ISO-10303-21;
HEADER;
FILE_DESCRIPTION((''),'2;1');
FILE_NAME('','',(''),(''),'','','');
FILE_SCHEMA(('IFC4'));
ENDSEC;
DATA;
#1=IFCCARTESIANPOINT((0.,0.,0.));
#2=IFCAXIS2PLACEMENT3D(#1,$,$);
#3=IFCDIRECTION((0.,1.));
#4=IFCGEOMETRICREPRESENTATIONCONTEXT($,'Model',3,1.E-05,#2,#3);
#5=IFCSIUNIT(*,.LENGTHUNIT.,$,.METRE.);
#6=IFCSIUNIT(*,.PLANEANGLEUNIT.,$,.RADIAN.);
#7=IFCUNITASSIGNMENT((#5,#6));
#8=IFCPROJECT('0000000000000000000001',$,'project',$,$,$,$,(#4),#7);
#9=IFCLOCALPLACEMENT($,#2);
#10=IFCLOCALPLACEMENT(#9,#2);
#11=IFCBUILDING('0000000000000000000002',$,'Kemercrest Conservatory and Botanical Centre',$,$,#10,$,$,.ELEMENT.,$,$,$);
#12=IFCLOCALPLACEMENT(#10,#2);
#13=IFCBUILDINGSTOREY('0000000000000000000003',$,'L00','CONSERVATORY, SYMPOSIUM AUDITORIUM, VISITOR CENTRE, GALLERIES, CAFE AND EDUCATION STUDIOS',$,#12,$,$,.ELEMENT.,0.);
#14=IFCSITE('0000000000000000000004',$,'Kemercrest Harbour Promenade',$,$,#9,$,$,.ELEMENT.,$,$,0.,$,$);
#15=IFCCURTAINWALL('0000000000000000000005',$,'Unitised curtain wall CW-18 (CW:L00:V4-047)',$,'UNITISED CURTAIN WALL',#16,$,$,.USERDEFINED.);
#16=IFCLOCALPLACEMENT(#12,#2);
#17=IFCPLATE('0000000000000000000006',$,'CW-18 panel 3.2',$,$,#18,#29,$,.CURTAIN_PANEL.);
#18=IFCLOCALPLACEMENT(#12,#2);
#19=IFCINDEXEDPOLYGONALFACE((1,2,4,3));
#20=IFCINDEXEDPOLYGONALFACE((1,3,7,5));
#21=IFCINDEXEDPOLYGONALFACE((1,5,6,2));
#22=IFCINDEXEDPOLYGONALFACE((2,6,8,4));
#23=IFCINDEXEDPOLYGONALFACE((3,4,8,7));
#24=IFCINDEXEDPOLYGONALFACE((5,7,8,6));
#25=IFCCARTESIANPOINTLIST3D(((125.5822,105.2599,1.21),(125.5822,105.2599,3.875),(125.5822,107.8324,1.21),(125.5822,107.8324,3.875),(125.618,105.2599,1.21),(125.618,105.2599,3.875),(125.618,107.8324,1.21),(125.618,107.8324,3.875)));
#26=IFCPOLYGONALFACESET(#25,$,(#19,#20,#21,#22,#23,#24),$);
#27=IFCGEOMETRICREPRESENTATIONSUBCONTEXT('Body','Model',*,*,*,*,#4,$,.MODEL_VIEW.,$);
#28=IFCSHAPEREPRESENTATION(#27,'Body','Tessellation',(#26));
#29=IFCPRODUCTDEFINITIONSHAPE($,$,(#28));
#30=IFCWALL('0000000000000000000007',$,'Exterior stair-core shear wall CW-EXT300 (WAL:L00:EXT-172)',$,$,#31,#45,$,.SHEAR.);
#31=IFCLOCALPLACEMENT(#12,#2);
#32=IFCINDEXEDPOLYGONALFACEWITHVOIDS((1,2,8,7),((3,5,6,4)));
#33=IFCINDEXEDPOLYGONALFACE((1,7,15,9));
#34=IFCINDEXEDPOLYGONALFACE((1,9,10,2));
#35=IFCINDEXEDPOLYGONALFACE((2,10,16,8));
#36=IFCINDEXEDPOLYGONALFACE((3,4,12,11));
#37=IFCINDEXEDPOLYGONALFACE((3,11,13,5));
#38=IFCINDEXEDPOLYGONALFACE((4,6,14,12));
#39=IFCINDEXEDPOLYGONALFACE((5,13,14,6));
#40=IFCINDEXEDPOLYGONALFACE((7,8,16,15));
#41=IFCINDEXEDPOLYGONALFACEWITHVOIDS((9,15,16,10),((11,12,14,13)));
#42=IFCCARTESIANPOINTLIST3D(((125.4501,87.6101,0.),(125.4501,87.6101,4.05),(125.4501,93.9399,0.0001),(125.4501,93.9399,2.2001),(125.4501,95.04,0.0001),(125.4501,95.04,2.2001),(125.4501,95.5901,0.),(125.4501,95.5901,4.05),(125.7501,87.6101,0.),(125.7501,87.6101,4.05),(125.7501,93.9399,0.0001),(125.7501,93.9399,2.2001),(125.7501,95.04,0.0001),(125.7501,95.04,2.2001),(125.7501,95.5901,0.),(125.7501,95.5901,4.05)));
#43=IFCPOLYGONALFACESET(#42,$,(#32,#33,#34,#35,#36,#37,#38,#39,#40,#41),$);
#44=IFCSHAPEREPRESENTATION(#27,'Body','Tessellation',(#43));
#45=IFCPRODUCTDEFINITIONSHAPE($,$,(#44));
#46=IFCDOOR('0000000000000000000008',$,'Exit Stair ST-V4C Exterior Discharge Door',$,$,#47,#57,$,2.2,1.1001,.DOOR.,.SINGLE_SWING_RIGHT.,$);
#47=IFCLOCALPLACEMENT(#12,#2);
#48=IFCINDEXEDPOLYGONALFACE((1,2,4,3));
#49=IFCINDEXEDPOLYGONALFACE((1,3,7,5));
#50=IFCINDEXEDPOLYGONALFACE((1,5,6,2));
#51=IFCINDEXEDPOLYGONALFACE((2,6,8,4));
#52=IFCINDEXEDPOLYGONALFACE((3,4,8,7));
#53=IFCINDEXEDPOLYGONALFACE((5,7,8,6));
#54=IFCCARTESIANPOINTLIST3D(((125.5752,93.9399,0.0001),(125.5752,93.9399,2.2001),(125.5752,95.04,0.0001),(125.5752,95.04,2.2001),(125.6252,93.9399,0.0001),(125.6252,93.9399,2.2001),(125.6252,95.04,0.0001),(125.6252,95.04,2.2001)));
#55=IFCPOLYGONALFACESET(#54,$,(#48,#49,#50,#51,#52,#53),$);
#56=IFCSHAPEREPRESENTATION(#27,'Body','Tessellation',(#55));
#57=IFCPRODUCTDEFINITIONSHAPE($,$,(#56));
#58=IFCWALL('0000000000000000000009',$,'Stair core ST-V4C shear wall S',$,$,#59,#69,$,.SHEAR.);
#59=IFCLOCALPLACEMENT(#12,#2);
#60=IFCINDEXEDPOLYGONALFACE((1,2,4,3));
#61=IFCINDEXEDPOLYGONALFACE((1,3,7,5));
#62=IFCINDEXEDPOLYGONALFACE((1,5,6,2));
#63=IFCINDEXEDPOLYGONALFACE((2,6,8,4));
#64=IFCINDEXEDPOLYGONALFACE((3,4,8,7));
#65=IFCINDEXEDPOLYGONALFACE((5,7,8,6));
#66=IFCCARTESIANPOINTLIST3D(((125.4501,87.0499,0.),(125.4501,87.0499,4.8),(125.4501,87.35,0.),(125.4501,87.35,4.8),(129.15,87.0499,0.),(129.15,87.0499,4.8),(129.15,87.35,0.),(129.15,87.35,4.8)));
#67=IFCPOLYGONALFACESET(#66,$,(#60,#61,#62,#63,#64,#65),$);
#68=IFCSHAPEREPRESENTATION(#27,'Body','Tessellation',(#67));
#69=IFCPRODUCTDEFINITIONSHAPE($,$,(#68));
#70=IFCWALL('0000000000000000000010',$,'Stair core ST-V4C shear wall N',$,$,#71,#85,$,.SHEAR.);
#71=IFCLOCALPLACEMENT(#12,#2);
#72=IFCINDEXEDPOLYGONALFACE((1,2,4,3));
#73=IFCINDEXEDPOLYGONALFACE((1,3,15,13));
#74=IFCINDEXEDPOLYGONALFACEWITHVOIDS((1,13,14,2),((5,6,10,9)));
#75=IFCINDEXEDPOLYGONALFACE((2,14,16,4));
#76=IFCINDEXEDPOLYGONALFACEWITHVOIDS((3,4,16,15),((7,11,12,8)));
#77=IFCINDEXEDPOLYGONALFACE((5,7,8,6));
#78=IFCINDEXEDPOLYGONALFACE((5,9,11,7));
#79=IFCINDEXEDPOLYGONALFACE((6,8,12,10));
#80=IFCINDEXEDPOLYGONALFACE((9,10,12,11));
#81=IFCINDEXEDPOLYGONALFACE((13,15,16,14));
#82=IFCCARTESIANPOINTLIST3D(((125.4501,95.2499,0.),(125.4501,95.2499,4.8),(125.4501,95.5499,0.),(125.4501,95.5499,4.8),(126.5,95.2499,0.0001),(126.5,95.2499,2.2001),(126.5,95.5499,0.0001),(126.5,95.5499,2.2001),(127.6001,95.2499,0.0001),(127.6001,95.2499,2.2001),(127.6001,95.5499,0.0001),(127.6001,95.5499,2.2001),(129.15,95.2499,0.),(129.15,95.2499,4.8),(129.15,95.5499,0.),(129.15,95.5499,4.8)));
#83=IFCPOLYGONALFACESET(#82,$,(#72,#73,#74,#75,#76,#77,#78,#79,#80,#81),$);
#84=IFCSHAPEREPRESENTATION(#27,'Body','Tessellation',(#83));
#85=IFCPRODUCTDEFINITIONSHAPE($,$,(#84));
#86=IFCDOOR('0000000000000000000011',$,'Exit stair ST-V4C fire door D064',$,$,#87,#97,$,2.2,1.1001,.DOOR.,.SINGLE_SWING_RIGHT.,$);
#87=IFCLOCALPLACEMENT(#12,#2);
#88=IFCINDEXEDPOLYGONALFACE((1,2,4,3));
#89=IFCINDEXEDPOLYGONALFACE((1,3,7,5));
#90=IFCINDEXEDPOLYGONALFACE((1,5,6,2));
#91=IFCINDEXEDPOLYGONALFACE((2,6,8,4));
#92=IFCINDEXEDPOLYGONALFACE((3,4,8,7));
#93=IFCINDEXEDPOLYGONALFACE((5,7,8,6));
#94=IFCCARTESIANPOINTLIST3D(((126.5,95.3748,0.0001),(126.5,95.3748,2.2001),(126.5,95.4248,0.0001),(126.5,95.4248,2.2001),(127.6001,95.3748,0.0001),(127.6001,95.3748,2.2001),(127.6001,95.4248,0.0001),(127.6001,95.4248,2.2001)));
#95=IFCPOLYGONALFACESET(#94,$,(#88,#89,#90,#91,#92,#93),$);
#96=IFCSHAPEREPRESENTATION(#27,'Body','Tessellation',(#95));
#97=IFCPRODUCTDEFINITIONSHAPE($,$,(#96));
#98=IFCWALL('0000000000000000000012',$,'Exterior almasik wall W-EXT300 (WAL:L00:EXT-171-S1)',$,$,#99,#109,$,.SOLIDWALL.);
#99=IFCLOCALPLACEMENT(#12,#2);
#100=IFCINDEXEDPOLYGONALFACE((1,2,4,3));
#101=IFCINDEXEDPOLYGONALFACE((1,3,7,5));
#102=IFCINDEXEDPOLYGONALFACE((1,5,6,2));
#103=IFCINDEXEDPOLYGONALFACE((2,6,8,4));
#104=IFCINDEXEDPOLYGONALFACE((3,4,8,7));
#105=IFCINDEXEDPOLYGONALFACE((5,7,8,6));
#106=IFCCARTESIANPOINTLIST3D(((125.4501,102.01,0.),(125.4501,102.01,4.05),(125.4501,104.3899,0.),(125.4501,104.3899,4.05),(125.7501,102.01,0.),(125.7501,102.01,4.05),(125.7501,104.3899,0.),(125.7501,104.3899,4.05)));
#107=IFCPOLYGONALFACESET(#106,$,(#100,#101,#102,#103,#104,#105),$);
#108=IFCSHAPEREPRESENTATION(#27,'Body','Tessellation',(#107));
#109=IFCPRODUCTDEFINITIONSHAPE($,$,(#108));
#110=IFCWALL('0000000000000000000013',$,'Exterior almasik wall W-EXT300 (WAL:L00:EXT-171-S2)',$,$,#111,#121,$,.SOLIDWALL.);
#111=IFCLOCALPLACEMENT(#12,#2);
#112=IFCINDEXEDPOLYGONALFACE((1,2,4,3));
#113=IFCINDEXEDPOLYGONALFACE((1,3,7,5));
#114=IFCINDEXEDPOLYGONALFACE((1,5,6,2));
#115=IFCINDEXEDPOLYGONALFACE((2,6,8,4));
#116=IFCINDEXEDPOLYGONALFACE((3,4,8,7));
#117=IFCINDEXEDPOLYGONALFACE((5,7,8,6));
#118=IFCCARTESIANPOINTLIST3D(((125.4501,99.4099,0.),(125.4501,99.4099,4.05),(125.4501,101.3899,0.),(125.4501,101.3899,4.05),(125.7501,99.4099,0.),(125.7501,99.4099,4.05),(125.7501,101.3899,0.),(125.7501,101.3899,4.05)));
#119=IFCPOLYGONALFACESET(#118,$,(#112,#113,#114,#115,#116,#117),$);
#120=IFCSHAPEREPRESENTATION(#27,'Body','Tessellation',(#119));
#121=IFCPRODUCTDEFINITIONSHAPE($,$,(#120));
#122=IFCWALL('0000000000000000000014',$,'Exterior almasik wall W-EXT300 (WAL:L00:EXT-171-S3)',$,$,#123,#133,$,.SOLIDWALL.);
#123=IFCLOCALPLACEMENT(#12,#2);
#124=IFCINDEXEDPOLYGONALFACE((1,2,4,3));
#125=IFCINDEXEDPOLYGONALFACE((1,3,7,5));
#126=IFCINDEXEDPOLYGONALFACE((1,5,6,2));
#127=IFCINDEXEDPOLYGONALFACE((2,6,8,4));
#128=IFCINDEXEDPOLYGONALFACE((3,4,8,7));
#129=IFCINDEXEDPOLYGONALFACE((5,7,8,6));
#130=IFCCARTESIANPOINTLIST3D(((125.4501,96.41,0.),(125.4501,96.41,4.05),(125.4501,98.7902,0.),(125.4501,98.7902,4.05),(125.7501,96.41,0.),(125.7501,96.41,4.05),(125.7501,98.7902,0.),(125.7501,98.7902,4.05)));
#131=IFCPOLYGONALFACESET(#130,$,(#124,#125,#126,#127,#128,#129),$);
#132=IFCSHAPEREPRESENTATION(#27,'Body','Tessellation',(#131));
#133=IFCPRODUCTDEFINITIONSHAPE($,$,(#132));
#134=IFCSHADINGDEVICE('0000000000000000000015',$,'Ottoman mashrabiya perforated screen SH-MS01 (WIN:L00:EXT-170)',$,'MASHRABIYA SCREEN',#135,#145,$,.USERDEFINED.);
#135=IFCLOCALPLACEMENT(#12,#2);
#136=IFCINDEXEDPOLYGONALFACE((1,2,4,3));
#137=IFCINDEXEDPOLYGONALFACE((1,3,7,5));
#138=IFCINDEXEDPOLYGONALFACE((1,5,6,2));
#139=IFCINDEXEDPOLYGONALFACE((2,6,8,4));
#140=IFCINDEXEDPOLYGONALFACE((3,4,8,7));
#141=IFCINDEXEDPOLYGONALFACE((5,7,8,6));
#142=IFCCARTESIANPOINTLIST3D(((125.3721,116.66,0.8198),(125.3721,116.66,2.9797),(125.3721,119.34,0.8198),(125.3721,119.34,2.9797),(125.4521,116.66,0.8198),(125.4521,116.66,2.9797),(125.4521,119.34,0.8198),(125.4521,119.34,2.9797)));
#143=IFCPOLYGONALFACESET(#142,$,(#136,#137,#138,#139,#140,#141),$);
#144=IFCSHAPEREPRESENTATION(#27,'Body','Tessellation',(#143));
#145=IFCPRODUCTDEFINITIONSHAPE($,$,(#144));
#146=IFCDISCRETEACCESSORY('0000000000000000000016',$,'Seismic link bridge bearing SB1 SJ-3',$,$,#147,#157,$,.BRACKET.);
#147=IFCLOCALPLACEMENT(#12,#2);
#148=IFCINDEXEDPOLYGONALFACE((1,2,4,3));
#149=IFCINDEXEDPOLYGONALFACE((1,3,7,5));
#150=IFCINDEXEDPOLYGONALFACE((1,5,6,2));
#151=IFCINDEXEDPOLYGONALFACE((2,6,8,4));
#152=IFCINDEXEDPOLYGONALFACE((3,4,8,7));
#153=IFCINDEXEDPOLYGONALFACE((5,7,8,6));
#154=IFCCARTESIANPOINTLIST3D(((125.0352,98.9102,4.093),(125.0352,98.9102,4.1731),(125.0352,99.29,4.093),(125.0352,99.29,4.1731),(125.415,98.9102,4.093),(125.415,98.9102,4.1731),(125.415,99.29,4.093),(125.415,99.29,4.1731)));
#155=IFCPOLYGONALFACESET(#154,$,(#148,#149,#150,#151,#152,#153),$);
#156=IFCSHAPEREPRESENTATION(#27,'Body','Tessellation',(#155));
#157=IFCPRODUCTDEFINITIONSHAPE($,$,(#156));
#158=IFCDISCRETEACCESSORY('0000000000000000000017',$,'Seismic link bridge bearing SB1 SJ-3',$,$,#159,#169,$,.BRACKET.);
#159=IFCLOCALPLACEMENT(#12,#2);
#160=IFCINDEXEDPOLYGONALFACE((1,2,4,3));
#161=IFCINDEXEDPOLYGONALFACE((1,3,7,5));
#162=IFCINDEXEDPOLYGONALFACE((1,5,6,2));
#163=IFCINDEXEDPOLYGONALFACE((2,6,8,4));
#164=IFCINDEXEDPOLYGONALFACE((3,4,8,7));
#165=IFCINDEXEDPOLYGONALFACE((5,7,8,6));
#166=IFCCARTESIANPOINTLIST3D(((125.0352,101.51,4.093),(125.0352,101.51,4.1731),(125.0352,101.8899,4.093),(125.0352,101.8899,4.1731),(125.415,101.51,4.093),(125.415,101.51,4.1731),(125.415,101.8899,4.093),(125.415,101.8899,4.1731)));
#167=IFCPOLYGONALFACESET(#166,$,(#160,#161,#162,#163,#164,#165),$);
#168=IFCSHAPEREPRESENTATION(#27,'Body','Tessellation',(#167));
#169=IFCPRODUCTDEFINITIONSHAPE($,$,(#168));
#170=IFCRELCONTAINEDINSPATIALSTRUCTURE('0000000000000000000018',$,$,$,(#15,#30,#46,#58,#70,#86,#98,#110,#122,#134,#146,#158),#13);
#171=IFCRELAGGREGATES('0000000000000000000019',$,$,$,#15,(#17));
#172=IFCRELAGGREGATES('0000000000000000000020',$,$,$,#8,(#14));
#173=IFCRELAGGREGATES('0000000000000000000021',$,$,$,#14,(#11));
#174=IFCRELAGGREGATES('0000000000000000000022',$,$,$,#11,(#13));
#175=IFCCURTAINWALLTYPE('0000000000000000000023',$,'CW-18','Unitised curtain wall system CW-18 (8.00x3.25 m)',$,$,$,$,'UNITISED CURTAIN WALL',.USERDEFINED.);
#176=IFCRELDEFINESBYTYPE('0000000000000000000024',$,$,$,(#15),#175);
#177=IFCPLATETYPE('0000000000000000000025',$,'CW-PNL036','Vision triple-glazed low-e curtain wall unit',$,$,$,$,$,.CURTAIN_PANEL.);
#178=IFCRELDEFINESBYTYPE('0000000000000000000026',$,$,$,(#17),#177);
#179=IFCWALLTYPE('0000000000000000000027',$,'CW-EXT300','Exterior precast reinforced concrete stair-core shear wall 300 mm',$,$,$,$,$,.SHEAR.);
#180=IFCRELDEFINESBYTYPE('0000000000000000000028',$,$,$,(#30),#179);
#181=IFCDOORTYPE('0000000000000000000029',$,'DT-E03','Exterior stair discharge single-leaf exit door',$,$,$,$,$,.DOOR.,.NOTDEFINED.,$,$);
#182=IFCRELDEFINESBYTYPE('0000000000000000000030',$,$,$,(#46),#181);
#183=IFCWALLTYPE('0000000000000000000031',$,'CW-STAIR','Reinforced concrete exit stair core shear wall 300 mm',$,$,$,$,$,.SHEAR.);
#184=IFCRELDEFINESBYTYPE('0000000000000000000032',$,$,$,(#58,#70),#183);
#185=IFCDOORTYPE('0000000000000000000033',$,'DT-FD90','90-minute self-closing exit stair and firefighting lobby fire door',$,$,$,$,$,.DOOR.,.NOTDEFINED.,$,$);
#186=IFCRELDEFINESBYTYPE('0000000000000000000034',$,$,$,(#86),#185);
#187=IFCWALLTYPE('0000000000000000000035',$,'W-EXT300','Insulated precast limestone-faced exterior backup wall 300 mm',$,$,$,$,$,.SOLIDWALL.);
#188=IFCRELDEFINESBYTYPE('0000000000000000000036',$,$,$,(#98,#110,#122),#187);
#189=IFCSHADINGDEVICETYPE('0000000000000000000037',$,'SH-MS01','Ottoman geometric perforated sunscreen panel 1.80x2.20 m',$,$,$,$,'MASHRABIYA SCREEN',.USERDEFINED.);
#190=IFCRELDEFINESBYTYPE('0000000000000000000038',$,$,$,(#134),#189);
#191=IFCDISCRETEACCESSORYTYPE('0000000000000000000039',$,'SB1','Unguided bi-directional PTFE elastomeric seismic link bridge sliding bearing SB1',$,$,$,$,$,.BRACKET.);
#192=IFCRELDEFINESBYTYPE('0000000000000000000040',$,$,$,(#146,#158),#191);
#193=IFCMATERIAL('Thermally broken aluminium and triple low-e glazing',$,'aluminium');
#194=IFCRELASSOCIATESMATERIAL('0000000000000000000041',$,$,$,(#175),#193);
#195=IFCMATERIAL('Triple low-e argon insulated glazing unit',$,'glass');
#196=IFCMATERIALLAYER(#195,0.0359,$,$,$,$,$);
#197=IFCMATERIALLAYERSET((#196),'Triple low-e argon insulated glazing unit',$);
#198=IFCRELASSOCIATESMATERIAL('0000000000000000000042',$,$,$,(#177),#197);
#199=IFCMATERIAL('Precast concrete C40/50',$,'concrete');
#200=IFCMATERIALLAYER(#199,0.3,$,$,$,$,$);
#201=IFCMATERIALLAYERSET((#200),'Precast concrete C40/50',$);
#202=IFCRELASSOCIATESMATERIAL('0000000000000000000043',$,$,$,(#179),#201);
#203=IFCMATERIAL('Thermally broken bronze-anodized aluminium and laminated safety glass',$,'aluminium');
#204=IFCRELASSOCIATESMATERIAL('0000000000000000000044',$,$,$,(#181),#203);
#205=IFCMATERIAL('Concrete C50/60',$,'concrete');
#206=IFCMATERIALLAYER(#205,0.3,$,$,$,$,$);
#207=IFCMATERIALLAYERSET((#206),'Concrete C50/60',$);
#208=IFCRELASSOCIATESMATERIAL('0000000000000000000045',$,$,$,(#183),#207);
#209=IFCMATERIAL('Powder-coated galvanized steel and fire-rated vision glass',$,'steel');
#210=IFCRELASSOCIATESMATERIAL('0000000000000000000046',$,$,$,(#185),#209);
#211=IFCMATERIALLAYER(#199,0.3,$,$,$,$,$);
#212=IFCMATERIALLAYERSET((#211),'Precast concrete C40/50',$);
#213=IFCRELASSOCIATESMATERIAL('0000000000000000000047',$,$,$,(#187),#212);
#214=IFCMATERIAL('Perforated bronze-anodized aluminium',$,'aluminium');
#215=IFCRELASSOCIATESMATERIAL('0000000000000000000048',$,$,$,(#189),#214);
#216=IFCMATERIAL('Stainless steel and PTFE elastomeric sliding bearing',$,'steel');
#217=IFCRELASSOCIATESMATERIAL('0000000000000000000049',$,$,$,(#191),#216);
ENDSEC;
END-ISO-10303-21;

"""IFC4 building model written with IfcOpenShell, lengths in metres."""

from ifc_helpers import new_model, si_unit, direction, frame, frame_2d, origin, origin_2d, place, context, subcontext, project, spatial, rectangle, extrude, material, layer, layer_set, type_object, element, fill, aggregate, save


model = new_model("IFC4")

# Units and contexts
model_context = context("Model", 3, precision=1e-05, world=origin(), true_north=direction((0.0, 1.0)))
body_context = subcontext(model_context, "Body", "Model", "MODEL_VIEW")
ifc_project = project(units=[si_unit("LENGTHUNIT", "METRE"), si_unit("PLANEANGLEUNIT", "RADIAN")], contexts=[model_context])

# Site, building, storey
site_placement = place(None, origin())
site = spatial("IfcSite", under=ifc_project, at=site_placement, Name="Kemercrest Harbour Promenade", CompositionType="ELEMENT", RefElevation=0.0)
building_placement = place(site_placement, origin())
building = spatial("IfcBuilding", under=site, at=building_placement, Name="Kemercrest Conservatory and Botanical Centre", CompositionType="ELEMENT")
storey_placement = place(building_placement, origin())
storey = spatial("IfcBuildingStorey", under=building, at=storey_placement, Name="L00", Description="CONSERVATORY, SYMPOSIUM AUDITORIUM, VISITOR CENTRE, GALLERIES, CAFE AND EDUCATION STUDIOS", CompositionType="ELEMENT", Elevation=0.0)

# Shared definitions
ifc_material_1 = material(Name="Concrete C50/60", Category="concrete")

# Curtain wall
ifc_material_2 = material(Name="Thermally broken aluminium and triple low-e glazing", Category="aluminium")
curtain_wall_type = type_object("IfcCurtainWallType", Name="CW-18", Description="Unitised curtain wall system CW-18 (8.00x3.25 m)", ElementType="UNITISED CURTAIN WALL", PredefinedType="USERDEFINED", material=ifc_material_2)
curtain_wall_placement = place(storey_placement, origin())
curtain_wall = element("IfcCurtainWall", 1, at=curtain_wall_placement, inside=storey, type_object=curtain_wall_type, Name="Unitised curtain wall CW-18 (CW:L00:V4-047)", ObjectType="UNITISED CURTAIN WALL", PredefinedType="USERDEFINED")

# Plate
ifc_material_3 = material(Name="Triple low-e argon insulated glazing unit", Category="glass")
ifc_layer_1 = layer(ifc_material_3, 0.0359)
ifc_layer_set_1 = layer_set([ifc_layer_1], Name="Triple low-e argon insulated glazing unit")
plate_type = type_object("IfcPlateType", Name="CW-PNL036", Description="Vision triple-glazed low-e curtain wall unit", PredefinedType="CURTAIN_PANEL", material=ifc_layer_set_1)
plate_1_placement = place(storey_placement, frame((125.6001, 106.5461, 1.21), z_axis=(0.0, 0.0, 1.0), x_axis=(0.0, -1.0, 0.0)))
plate_1 = element("IfcPlate", 2, at=plate_1_placement, type_object=plate_type, Name="CW-18 panel 3.2", PredefinedType="CURTAIN_PANEL", context=body_context, shape_type="SweptSolid", body=[
    extrude(rectangle(XDim=2.5725, YDim=0.0359, at=origin_2d()), origin(), (0.0, 0.0, 1.0), 2.665),
])
aggregate(curtain_wall, [plate_1])

# Wall, opening, door
ifc_material_4 = material(Name="Precast concrete C40/50", Category="concrete")
ifc_layer_2 = layer(ifc_material_4, 0.3)
ifc_layer_set_2 = layer_set([ifc_layer_2], Name="Precast concrete C40/50")
wall_type_1 = type_object("IfcWallType", Name="CW-EXT300", Description="Exterior precast reinforced concrete stair-core shear wall 300 mm", PredefinedType="SHEAR", material=ifc_layer_set_2)
wall_1_placement = place(storey_placement, frame((125.6001, 95.5901, 0.0), z_axis=(0.0, 0.0, 1.0), x_axis=(0.0, -1.0, 0.0)))
wall_1 = element("IfcWall", 3, at=wall_1_placement, inside=storey, type_object=wall_type_1, Name="Exterior stair-core shear wall CW-EXT300 (WAL:L00:EXT-172)", PredefinedType="SHEAR", context=body_context, shape_type="SweptSolid", body=[
    extrude(rectangle(XDim=7.98, YDim=0.3, at=frame_2d((3.99, 0.0))), origin(), (0.0, 0.0, 1.0), 4.05),
])
opening_1_placement = place(wall_1_placement, frame((0.55, 0.0, 0.0)))
opening_1 = element("IfcOpeningElement", 4, at=opening_1_placement, cuts=wall_1, PredefinedType="OPENING", context=body_context, shape_type="SweptSolid", body=[
    extrude(rectangle(XDim=1.1001, YDim=2.2, at=frame_2d((0.55, 1.1001))), frame((0.0, 0.1602, 0.0), z_axis=(0.0, -1.0, 0.0), x_axis=(1.0, 0.0, 0.0)), (0.0, 0.0, 1.0), 0.3201),
])
ifc_material_5 = material(Name="Thermally broken bronze-anodized aluminium and laminated safety glass", Category="aluminium")
door_type_1 = type_object("IfcDoorType", Name="DT-E03", Description="Exterior stair discharge single-leaf exit door", OperationType="NOTDEFINED", PredefinedType="DOOR", material=ifc_material_5)
door_1_placement = place(opening_1_placement, frame((1.1001, 0.0, 0.0), z_axis=(0.0, 0.0, 1.0), x_axis=(-1.0, 0.0, 0.0)))
door_1 = element("IfcDoor", 5, at=door_1_placement, inside=storey, type_object=door_type_1, Name="Exit Stair ST-V4C Exterior Discharge Door", OperationType="SINGLE_SWING_RIGHT", OverallHeight=2.2, OverallWidth=1.1001, PredefinedType="DOOR", context=body_context, shape_type="SweptSolid", body=[
    extrude(rectangle(XDim=1.1001, YDim=2.2, at=frame_2d((0.55, 1.1001))), frame((0.0, 0.0249, 0.0), z_axis=(0.0, -1.0, 0.0), x_axis=(1.0, 0.0, 0.0)), (0.0, 0.0, 1.0), 0.05),
])
fill(opening_1, door_1)

# Wall
ifc_layer_3 = layer(ifc_material_1, 0.3)
ifc_layer_set_3 = layer_set([ifc_layer_3], Name="Concrete C50/60")
wall_type_2 = type_object("IfcWallType", Name="CW-STAIR", Description="Reinforced concrete exit stair core shear wall 300 mm", PredefinedType="SHEAR", material=ifc_layer_set_3)
wall_2_placement = place(storey_placement, frame((125.45, 87.2, 0.0), z_axis=(0.0, 0.0, 1.0), x_axis=(1.0, 0.0, 0.0)))
element("IfcWall", 6, at=wall_2_placement, inside=storey, type_object=wall_type_2, Name="Stair core ST-V4C shear wall S", PredefinedType="SHEAR", context=body_context, shape_type="SweptSolid", body=[
    extrude(rectangle(XDim=3.7, YDim=0.3, at=frame_2d((1.8501, 0.0))), origin(), (0.0, 0.0, 1.0), 4.8),
])

# Wall, opening, door
wall_3_placement = place(storey_placement, frame((125.45, 95.3999, 0.0), z_axis=(0.0, 0.0, 1.0), x_axis=(1.0, 0.0, 0.0)))
wall_3 = element("IfcWall", 7, at=wall_3_placement, inside=storey, type_object=wall_type_2, Name="Stair core ST-V4C shear wall N", PredefinedType="SHEAR", context=body_context, shape_type="SweptSolid", body=[
    extrude(rectangle(XDim=3.7, YDim=0.3, at=frame_2d((1.8501, 0.0))), origin(), (0.0, 0.0, 1.0), 4.8),
])
opening_2_placement = place(wall_3_placement, frame((1.05, 0.0, 0.0)))
opening_2 = element("IfcOpeningElement", 8, at=opening_2_placement, cuts=wall_3, PredefinedType="OPENING", context=body_context, shape_type="SweptSolid", body=[
    extrude(rectangle(XDim=1.1001, YDim=2.2, at=frame_2d((0.55, 1.1001))), frame((0.0, 0.1602, 0.0), z_axis=(0.0, -1.0, 0.0), x_axis=(1.0, 0.0, 0.0)), (0.0, 0.0, 1.0), 0.3201),
])
ifc_material_6 = material(Name="Powder-coated galvanized steel and fire-rated vision glass", Category="steel")
door_type_2 = type_object("IfcDoorType", Name="DT-FD90", Description="90-minute self-closing exit stair and firefighting lobby fire door", OperationType="NOTDEFINED", PredefinedType="DOOR", material=ifc_material_6)
door_2_placement = place(opening_2_placement, origin())
door_2 = element("IfcDoor", 9, at=door_2_placement, inside=storey, type_object=door_type_2, Name="Exit stair ST-V4C fire door D064", OperationType="SINGLE_SWING_RIGHT", OverallHeight=2.2, OverallWidth=1.1001, PredefinedType="DOOR", context=body_context, shape_type="SweptSolid", body=[
    extrude(rectangle(XDim=1.1001, YDim=2.2, at=frame_2d((0.55, 1.1001))), frame((0.0, 0.0249, 0.0), z_axis=(0.0, -1.0, 0.0), x_axis=(1.0, 0.0, 0.0)), (0.0, 0.0, 1.0), 0.05),
])
fill(opening_2, door_2)

# Walls
ifc_layer_4 = layer(ifc_material_4, 0.3)
ifc_layer_set_4 = layer_set([ifc_layer_4], Name="Precast concrete C40/50")
wall_type_3 = type_object("IfcWallType", Name="W-EXT300", Description="Insulated precast limestone-faced exterior backup wall 300 mm", PredefinedType="SOLIDWALL", material=ifc_layer_set_4)
wall_4_placement = place(storey_placement, frame((125.6001, 104.3899, 0.0), z_axis=(0.0, 0.0, 1.0), x_axis=(0.0, -1.0, 0.0)))
element("IfcWall", 10, at=wall_4_placement, inside=storey, type_object=wall_type_3, Name="Exterior almasik wall W-EXT300 (WAL:L00:EXT-171-S1)", PredefinedType="SOLIDWALL", context=body_context, shape_type="SweptSolid", body=[
    extrude(rectangle(XDim=2.3799, YDim=0.3, at=frame_2d((1.1899, 0.0))), origin(), (0.0, 0.0, 1.0), 4.05),
])
wall_5_placement = place(storey_placement, frame((125.6001, 101.3899, 0.0), z_axis=(0.0, 0.0, 1.0), x_axis=(0.0, -1.0, 0.0)))
element("IfcWall", 11, at=wall_5_placement, inside=storey, type_object=wall_type_3, Name="Exterior almasik wall W-EXT300 (WAL:L00:EXT-171-S2)", PredefinedType="SOLIDWALL", context=body_context, shape_type="SweptSolid", body=[
    extrude(rectangle(XDim=1.98, YDim=0.3, at=frame_2d((0.99, 0.0))), origin(), (0.0, 0.0, 1.0), 4.05),
])
wall_6_placement = place(storey_placement, frame((125.6001, 98.79, 0.0), z_axis=(0.0, 0.0, 1.0), x_axis=(0.0, -1.0, 0.0)))
element("IfcWall", 12, at=wall_6_placement, inside=storey, type_object=wall_type_3, Name="Exterior almasik wall W-EXT300 (WAL:L00:EXT-171-S3)", PredefinedType="SOLIDWALL", context=body_context, shape_type="SweptSolid", body=[
    extrude(rectangle(XDim=2.3801, YDim=0.3, at=frame_2d((1.1899, 0.0))), origin(), (0.0, 0.0, 1.0), 4.05),
])

# Shading device
ifc_material_7 = material(Name="Perforated bronze-anodized aluminium", Category="aluminium")
shading_device_type = type_object("IfcShadingDeviceType", Name="SH-MS01", Description="Ottoman geometric perforated sunscreen panel 1.80x2.20 m", ElementType="MASHRABIYA SCREEN", PredefinedType="USERDEFINED", material=ifc_material_7)
shading_device_placement = place(storey_placement, frame((125.4121, 118.0, 0.8198), z_axis=(0.0, 0.0, 1.0), x_axis=(0.0, -1.0, 0.0)))
element("IfcShadingDevice", 13, at=shading_device_placement, inside=storey, type_object=shading_device_type, Name="Ottoman mashrabiya perforated screen SH-MS01 (WIN:L00:EXT-170)", ObjectType="MASHRABIYA SCREEN", PredefinedType="USERDEFINED", context=body_context, shape_type="SweptSolid", body=[
    extrude(rectangle(XDim=2.6799, YDim=0.0801, at=origin_2d()), origin(), (0.0, 0.0, 1.0), 2.1599),
])

# Discrete accessories
ifc_material_8 = material(Name="Stainless steel and PTFE elastomeric sliding bearing", Category="steel")
discrete_accessory_type = type_object("IfcDiscreteAccessoryType", Name="SB1", Description="Unguided bi-directional PTFE elastomeric seismic link bridge sliding bearing SB1", PredefinedType="BRACKET", material=ifc_material_8)
for number, where, z_axis, x_axis, name in (
    (14, (125.2251, 99.1001, 4.093), (0.0, 0.0, 1.0), (1.0, 0.0, 0.0), "Seismic link bridge bearing SB1 SJ-3"),
    (15, (125.2251, 101.7, 4.093), (0.0, 0.0, 1.0), (1.0, 0.0, 0.0), "Seismic link bridge bearing SB1 SJ-3"),
):
    element("IfcDiscreteAccessory", number, at=place(storey_placement, frame(where, z_axis=z_axis, x_axis=x_axis)), inside=storey, type_object=discrete_accessory_type, Name=name, PredefinedType="BRACKET", context=body_context, shape_type="SweptSolid", body=[
        extrude(rectangle(XDim=0.3799, YDim=0.3799, at=origin_2d()), origin(), (0.0, 0.0, 1.0), 0.0801),
    ])

save(model, "model.ifc")
